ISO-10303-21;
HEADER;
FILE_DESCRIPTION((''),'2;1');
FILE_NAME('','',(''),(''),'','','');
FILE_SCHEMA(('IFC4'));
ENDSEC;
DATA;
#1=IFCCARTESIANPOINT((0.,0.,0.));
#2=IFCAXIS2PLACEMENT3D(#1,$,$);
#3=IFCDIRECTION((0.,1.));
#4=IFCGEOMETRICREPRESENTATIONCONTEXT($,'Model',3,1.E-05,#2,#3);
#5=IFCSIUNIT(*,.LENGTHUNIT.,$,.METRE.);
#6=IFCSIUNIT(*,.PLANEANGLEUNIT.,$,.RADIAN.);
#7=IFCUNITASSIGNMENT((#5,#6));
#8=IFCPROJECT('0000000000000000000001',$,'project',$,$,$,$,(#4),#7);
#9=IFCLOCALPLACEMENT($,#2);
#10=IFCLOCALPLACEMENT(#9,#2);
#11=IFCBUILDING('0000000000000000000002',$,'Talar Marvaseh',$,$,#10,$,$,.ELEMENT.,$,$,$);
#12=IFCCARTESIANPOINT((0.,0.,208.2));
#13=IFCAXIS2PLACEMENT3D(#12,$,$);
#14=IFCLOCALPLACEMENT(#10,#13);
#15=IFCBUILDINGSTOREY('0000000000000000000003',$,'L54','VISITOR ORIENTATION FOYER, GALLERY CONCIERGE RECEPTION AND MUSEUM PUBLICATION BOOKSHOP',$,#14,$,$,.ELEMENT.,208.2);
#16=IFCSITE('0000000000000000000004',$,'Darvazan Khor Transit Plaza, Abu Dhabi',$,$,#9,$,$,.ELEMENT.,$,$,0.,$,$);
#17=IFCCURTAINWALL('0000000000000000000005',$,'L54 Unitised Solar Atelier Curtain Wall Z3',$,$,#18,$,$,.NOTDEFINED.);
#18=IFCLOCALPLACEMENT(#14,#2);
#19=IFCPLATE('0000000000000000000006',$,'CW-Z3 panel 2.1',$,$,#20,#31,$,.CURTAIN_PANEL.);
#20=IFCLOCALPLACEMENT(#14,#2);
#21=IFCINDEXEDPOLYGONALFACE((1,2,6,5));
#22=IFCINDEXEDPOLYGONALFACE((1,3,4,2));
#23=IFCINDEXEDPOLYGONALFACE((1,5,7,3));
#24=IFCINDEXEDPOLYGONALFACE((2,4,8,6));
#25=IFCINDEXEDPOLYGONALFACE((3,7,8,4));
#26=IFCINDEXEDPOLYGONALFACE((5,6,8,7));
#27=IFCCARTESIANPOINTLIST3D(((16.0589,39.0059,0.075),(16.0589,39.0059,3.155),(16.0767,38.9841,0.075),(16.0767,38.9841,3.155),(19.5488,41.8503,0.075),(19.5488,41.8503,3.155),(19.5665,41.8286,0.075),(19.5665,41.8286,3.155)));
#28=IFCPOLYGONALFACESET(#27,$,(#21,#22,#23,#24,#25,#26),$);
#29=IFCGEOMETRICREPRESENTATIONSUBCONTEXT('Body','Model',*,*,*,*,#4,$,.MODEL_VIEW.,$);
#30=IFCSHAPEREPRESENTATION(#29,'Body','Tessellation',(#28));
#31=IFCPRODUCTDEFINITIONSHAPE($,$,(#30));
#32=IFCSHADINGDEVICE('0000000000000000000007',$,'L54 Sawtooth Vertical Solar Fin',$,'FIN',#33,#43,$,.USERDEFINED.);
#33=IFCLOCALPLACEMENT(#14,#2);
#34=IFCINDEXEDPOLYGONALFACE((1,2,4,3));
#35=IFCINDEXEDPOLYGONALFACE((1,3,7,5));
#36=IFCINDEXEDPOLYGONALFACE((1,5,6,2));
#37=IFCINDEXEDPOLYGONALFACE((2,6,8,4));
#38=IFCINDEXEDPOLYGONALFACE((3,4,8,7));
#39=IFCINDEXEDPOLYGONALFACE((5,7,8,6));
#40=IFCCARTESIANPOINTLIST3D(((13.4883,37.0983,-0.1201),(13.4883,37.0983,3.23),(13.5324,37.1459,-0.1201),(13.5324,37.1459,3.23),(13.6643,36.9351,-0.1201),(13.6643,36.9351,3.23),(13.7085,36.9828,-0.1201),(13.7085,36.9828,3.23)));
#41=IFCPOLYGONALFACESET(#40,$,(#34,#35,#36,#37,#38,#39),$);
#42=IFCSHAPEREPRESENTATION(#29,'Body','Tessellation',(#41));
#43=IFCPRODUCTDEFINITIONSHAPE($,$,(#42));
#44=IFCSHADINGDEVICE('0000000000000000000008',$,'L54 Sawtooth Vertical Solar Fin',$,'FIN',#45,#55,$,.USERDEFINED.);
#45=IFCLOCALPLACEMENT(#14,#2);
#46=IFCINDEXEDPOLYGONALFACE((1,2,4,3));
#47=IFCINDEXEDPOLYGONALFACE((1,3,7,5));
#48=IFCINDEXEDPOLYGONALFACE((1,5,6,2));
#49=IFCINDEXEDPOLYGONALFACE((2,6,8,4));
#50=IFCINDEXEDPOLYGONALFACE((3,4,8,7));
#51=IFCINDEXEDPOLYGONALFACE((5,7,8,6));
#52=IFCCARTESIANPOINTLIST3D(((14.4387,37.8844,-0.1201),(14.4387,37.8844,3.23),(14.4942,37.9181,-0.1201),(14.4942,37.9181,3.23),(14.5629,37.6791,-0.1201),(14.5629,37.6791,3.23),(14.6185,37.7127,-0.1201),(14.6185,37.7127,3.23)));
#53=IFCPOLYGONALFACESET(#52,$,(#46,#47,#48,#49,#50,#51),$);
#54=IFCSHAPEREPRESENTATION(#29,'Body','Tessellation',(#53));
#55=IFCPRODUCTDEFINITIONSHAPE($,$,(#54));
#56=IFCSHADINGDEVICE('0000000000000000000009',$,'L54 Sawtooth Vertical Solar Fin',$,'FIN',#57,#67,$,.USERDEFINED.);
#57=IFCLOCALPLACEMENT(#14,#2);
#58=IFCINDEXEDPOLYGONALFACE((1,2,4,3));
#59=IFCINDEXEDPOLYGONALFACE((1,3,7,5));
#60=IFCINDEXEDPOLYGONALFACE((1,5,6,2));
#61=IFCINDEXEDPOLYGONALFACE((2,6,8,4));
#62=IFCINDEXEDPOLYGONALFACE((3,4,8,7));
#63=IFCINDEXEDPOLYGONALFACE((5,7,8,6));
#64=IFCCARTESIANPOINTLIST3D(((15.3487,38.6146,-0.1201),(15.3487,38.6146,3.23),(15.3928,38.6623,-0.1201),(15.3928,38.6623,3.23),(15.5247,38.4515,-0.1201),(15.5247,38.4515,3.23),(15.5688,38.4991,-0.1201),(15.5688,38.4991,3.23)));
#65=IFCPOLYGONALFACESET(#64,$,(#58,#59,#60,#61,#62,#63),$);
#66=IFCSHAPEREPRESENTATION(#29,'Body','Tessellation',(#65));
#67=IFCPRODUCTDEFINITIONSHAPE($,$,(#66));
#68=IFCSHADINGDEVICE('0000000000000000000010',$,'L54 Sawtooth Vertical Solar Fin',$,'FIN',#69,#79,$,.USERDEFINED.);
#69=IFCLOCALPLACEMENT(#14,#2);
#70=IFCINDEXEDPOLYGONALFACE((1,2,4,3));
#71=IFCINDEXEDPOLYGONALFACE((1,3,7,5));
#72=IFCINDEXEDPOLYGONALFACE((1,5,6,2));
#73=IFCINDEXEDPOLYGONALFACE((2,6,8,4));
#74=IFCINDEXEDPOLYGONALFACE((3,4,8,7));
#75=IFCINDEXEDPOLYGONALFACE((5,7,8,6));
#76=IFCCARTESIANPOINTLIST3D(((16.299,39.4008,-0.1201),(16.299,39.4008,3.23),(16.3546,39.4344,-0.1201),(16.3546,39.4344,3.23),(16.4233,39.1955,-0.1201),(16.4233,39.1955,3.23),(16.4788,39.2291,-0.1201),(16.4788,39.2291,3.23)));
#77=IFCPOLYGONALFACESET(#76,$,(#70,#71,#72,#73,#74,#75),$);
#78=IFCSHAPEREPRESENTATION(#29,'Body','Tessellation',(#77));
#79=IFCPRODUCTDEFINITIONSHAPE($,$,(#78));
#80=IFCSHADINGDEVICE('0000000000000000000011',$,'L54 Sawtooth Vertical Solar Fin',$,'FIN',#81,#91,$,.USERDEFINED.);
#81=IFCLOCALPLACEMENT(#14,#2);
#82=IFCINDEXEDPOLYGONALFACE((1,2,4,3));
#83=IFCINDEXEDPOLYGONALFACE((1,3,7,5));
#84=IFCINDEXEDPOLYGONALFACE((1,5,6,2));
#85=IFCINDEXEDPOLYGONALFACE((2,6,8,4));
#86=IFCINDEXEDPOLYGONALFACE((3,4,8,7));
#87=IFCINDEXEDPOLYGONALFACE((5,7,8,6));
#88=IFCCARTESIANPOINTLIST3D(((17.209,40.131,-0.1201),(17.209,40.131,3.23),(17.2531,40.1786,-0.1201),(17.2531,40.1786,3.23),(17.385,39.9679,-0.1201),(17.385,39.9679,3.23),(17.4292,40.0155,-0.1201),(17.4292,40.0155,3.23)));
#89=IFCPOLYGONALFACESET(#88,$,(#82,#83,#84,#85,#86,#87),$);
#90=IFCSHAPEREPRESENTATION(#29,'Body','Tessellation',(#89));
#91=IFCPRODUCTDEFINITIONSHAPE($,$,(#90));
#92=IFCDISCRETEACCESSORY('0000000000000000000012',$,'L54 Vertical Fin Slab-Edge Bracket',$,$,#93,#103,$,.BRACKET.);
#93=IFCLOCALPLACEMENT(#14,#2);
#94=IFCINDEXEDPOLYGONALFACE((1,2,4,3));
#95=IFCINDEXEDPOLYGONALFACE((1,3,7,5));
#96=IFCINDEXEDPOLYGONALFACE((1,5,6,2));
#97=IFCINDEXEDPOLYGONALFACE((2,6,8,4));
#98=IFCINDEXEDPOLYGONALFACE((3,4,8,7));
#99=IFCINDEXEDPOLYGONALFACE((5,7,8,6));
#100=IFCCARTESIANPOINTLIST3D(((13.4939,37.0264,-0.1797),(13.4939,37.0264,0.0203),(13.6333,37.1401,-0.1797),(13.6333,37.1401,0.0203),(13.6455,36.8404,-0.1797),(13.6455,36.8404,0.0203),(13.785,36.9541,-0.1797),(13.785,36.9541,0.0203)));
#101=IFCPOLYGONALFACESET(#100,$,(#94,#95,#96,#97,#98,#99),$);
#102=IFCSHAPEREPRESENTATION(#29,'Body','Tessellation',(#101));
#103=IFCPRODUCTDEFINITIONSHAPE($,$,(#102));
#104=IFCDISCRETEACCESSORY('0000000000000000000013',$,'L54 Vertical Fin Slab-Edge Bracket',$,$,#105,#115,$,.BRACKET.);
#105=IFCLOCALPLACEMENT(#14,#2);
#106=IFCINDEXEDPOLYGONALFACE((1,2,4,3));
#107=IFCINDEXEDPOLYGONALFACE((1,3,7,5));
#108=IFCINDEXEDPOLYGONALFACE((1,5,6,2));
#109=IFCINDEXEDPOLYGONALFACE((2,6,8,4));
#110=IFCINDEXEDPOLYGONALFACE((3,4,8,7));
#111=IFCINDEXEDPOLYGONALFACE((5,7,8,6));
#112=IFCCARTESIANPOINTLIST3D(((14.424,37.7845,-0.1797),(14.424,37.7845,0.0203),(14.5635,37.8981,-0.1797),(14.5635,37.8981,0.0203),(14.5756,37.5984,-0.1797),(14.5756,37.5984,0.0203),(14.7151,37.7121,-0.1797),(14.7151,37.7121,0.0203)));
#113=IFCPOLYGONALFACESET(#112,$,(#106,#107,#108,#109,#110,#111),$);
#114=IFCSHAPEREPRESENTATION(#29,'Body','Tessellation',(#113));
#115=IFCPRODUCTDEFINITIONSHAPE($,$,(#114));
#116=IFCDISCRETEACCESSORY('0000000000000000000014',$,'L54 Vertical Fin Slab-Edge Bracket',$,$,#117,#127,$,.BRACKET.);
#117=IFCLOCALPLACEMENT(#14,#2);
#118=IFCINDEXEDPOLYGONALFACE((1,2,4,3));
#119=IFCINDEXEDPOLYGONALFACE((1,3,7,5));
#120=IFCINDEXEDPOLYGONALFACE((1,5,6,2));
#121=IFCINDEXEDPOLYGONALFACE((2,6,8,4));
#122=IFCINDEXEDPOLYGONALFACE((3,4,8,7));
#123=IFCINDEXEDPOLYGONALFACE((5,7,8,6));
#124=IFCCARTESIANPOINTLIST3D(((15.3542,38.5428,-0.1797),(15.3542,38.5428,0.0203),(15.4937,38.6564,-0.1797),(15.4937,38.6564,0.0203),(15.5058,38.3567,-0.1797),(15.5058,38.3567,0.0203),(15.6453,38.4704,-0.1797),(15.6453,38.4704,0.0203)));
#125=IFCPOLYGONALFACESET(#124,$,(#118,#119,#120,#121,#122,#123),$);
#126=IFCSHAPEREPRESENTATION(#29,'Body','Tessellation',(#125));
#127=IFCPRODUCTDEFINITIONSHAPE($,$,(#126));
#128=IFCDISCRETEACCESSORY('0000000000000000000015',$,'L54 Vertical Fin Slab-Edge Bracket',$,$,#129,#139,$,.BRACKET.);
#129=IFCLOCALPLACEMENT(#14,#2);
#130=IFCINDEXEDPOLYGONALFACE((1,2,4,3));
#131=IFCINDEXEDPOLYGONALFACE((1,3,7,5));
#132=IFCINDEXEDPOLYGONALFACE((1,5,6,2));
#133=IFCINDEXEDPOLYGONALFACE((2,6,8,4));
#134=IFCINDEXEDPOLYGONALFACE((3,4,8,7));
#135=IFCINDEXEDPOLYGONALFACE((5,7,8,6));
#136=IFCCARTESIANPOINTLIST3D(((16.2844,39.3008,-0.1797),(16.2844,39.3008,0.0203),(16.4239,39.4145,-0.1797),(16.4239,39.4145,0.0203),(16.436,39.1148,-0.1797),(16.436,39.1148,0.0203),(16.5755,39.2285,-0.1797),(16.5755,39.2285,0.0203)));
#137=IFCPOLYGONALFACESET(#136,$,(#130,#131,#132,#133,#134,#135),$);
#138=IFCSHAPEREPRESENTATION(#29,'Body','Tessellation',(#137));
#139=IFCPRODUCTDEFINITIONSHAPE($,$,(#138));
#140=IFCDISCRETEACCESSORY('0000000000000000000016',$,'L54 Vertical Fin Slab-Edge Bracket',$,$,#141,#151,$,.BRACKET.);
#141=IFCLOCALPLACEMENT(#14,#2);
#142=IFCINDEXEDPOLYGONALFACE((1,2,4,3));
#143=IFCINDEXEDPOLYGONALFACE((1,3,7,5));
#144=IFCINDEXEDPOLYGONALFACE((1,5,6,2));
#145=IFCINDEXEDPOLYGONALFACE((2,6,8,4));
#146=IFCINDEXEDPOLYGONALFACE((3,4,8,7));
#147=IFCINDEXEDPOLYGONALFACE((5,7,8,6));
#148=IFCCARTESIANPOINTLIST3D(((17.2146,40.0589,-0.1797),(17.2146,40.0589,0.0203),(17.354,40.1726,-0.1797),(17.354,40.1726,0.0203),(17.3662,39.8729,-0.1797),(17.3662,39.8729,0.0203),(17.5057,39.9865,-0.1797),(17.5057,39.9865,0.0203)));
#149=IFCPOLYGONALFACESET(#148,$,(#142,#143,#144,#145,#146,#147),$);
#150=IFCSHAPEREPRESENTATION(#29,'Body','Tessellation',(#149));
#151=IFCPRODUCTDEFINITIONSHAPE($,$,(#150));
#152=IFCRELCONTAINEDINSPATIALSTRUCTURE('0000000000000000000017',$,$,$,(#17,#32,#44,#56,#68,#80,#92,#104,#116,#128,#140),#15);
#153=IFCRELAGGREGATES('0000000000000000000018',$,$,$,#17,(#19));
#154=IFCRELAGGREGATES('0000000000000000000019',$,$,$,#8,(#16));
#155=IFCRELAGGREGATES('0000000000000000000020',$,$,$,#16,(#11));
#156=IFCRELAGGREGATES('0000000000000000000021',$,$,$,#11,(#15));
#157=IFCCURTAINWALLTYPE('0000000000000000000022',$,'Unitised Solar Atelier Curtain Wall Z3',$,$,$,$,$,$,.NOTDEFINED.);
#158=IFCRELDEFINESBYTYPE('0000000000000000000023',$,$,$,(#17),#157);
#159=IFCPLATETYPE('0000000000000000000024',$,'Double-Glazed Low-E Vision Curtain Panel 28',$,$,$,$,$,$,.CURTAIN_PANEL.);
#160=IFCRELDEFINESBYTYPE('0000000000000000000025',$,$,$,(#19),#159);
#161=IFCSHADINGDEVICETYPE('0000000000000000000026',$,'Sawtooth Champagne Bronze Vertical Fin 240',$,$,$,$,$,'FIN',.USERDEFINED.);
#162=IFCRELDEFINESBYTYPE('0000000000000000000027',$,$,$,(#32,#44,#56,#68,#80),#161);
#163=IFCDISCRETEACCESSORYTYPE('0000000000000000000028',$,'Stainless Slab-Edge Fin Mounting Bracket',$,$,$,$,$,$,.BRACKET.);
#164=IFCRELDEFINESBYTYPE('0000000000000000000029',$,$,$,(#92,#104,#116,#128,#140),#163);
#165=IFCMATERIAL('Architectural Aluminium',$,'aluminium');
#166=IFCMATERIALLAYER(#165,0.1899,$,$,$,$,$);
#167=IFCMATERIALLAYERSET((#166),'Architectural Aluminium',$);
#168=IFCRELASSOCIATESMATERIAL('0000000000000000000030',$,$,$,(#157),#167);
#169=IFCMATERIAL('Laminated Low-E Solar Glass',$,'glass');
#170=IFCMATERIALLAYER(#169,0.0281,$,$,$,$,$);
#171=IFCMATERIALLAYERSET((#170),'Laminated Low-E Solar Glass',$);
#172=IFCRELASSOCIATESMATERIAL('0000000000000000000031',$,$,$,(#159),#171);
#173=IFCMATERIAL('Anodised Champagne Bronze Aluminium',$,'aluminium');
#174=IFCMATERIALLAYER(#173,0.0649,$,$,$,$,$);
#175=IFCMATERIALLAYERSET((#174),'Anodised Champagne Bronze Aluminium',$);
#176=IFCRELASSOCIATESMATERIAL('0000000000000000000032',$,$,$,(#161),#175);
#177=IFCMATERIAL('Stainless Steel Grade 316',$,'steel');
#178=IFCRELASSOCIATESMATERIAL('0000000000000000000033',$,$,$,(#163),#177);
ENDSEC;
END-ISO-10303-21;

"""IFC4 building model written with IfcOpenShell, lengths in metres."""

from ifc_helpers import new_model, si_unit, direction, frame, origin, origin_2d, place, context, subcontext, project, spatial, rectangle, extrude, source, transform, mapped, material, layer, layer_set, type_object, type_shapes, element, aggregate, save


model = new_model("IFC4")

# Units and contexts
model_context = context("Model", 3, precision=1e-05, world=origin(), true_north=direction((0.0, 1.0)))
body_context = subcontext(model_context, "Body", "Model", "MODEL_VIEW")
ifc_project = project(units=[si_unit("LENGTHUNIT", "METRE"), si_unit("PLANEANGLEUNIT", "RADIAN")], contexts=[model_context])

# Site, building, storey
site_placement = place(None, origin())
site = spatial("IfcSite", under=ifc_project, at=site_placement, Name="Darvazan Khor Transit Plaza, Abu Dhabi", CompositionType="ELEMENT", RefElevation=0.0)
building_placement = place(site_placement, origin())
building = spatial("IfcBuilding", under=site, at=building_placement, Name="Talar Marvaseh", CompositionType="ELEMENT")
storey_placement = place(building_placement, frame((0.0, 0.0, 208.2)))
storey = spatial("IfcBuildingStorey", under=building, at=storey_placement, Name="L54", Description="VISITOR ORIENTATION FOYER, GALLERY CONCIERGE RECEPTION AND MUSEUM PUBLICATION BOOKSHOP", CompositionType="ELEMENT", Elevation=208.2)

# Curtain wall, plate
ifc_material_1 = material(Name="Architectural Aluminium", Category="aluminium")
ifc_layer_1 = layer(ifc_material_1, 0.1899)
ifc_layer_set_1 = layer_set([ifc_layer_1], Name="Architectural Aluminium")
curtain_wall_type = type_object("IfcCurtainWallType", Name="Unitised Solar Atelier Curtain Wall Z3", PredefinedType="NOTDEFINED", material=ifc_layer_set_1)
curtain_wall_placement = place(storey_placement, origin())
curtain_wall = element("IfcCurtainWall", 1, at=curtain_wall_placement, inside=storey, type_object=curtain_wall_type, Name="L54 Unitised Solar Atelier Curtain Wall Z3", PredefinedType="NOTDEFINED")
ifc_material_2 = material(Name="Laminated Low-E Solar Glass", Category="glass")
ifc_layer_2 = layer(ifc_material_2, 0.0281)
ifc_layer_set_2 = layer_set([ifc_layer_2], Name="Laminated Low-E Solar Glass")
plate_type = type_object("IfcPlateType", Name="Double-Glazed Low-E Vision Curtain Panel 28", PredefinedType="CURTAIN_PANEL", material=ifc_layer_set_2)
shared_shape_1 = source(origin(), body_context, "Body", "SweptSolid", [
    extrude(rectangle(XDim=4.5022, YDim=0.0281, at=origin_2d()), origin(), (0.0, 0.0, 1.0), 3.0801),
])
plate_1_placement = place(storey_placement, frame((17.8127, 40.4172, 0.075), z_axis=(0.0, 0.0, 1.0), x_axis=(0.775145, 0.631784, 0.0)))
plate_1 = element("IfcPlate", 2, at=plate_1_placement, type_object=plate_type, Name="CW-Z3 panel 2.1", PredefinedType="CURTAIN_PANEL", context=body_context, shape_type="MappedRepresentation", body=[
    mapped(shared_shape_1, transform((0.0, 0.0, 0.0), x_axis=(1.0, 0.0, 0.0), y_axis=(0.0, 1.0, 0.0), z_axis=(0.0, 0.0, 1.0), scale=1.0)),
])
aggregate(curtain_wall, [plate_1])

# Shading devices
ifc_material_3 = material(Name="Anodised Champagne Bronze Aluminium", Category="aluminium")
ifc_layer_3 = layer(ifc_material_3, 0.0649)
ifc_layer_set_3 = layer_set([ifc_layer_3], Name="Anodised Champagne Bronze Aluminium")
shading_device_type = type_object("IfcShadingDeviceType", Name="Sawtooth Champagne Bronze Vertical Fin 240", ElementType="FIN", PredefinedType="USERDEFINED", material=ifc_layer_set_3)
shared_shape_2 = source(origin(), body_context, "Body", "SweptSolid", [
    extrude(rectangle(XDim=0.24, YDim=0.0649, at=origin_2d()), origin(), (0.0, 0.0, 1.0), 3.3501),
])
type_shapes(shading_device_type, [shared_shape_2])
for number, where, z_axis, x_axis, name in (
    (3, (13.5984, 37.0405, -0.1201), (0.0, 0.0, 1.0), (-0.733493, 0.679697, 0.0), "L54 Sawtooth Vertical Solar Fin"),
    (4, (14.5286, 37.7986, -0.1201), (0.0, 0.0, 1.0), (-0.517728, 0.855545, 0.0), "L54 Sawtooth Vertical Solar Fin"),
    (5, (15.4587, 38.5569, -0.1201), (0.0, 0.0, 1.0), (-0.733493, 0.679697, 0.0), "L54 Sawtooth Vertical Solar Fin"),
    (6, (16.3889, 39.3149, -0.1201), (0.0, 0.0, 1.0), (-0.517728, 0.855545, 0.0), "L54 Sawtooth Vertical Solar Fin"),
    (7, (17.3191, 40.0732, -0.1201), (0.0, 0.0, 1.0), (-0.733493, 0.679697, 0.0), "L54 Sawtooth Vertical Solar Fin"),
):
    element("IfcShadingDevice", number, at=place(storey_placement, frame(where, z_axis=z_axis, x_axis=x_axis)), inside=storey, type_object=shading_device_type, Name=name, ObjectType="FIN", PredefinedType="USERDEFINED", context=body_context, shape_type="MappedRepresentation", body=[
        mapped(shared_shape_2, transform((0.0, 0.0, 0.0), x_axis=(1.0, 0.0, 0.0), y_axis=(0.0, 1.0, 0.0), z_axis=(0.0, 0.0, 1.0), scale=1.0)),
    ])

# Discrete accessories
ifc_material_4 = material(Name="Stainless Steel Grade 316", Category="steel")
discrete_accessory_type = type_object("IfcDiscreteAccessoryType", Name="Stainless Slab-Edge Fin Mounting Bracket", PredefinedType="BRACKET", material=ifc_material_4)
shared_shape_3 = source(origin(), body_context, "Body", "SweptSolid", [
    extrude(rectangle(XDim=0.24, YDim=0.1799, at=origin_2d()), origin(), (0.0, 0.0, 1.0), 0.2),
])
type_shapes(discrete_accessory_type, [shared_shape_3])
for number, where, z_axis, x_axis, name in (
    (8, (13.6394, 36.9902, -0.1797), (0.0, 0.0, 1.0), (-0.631759, 0.775165, 0.0), "L54 Vertical Fin Slab-Edge Bracket"),
    (9, (14.5696, 37.7483, -0.1797), (0.0, 0.0, 1.0), (-0.631759, 0.775165, 0.0), "L54 Vertical Fin Slab-Edge Bracket"),
    (10, (15.4998, 38.5066, -0.1797), (0.0, 0.0, 1.0), (-0.631759, 0.775165, 0.0), "L54 Vertical Fin Slab-Edge Bracket"),
    (11, (16.4299, 39.2646, -0.1797), (0.0, 0.0, 1.0), (-0.631759, 0.775165, 0.0), "L54 Vertical Fin Slab-Edge Bracket"),
    (12, (17.3601, 40.0227, -0.1797), (0.0, 0.0, 1.0), (-0.631759, 0.775165, 0.0), "L54 Vertical Fin Slab-Edge Bracket"),
):
    element("IfcDiscreteAccessory", number, at=place(storey_placement, frame(where, z_axis=z_axis, x_axis=x_axis)), inside=storey, type_object=discrete_accessory_type, Name=name, PredefinedType="BRACKET", context=body_context, shape_type="MappedRepresentation", body=[
        mapped(shared_shape_3, transform((0.0, 0.0, 0.0), x_axis=(1.0, 0.0, 0.0), y_axis=(0.0, 1.0, 0.0), z_axis=(0.0, 0.0, 1.0), scale=1.0)),
    ])

save(model, "model.ifc")
